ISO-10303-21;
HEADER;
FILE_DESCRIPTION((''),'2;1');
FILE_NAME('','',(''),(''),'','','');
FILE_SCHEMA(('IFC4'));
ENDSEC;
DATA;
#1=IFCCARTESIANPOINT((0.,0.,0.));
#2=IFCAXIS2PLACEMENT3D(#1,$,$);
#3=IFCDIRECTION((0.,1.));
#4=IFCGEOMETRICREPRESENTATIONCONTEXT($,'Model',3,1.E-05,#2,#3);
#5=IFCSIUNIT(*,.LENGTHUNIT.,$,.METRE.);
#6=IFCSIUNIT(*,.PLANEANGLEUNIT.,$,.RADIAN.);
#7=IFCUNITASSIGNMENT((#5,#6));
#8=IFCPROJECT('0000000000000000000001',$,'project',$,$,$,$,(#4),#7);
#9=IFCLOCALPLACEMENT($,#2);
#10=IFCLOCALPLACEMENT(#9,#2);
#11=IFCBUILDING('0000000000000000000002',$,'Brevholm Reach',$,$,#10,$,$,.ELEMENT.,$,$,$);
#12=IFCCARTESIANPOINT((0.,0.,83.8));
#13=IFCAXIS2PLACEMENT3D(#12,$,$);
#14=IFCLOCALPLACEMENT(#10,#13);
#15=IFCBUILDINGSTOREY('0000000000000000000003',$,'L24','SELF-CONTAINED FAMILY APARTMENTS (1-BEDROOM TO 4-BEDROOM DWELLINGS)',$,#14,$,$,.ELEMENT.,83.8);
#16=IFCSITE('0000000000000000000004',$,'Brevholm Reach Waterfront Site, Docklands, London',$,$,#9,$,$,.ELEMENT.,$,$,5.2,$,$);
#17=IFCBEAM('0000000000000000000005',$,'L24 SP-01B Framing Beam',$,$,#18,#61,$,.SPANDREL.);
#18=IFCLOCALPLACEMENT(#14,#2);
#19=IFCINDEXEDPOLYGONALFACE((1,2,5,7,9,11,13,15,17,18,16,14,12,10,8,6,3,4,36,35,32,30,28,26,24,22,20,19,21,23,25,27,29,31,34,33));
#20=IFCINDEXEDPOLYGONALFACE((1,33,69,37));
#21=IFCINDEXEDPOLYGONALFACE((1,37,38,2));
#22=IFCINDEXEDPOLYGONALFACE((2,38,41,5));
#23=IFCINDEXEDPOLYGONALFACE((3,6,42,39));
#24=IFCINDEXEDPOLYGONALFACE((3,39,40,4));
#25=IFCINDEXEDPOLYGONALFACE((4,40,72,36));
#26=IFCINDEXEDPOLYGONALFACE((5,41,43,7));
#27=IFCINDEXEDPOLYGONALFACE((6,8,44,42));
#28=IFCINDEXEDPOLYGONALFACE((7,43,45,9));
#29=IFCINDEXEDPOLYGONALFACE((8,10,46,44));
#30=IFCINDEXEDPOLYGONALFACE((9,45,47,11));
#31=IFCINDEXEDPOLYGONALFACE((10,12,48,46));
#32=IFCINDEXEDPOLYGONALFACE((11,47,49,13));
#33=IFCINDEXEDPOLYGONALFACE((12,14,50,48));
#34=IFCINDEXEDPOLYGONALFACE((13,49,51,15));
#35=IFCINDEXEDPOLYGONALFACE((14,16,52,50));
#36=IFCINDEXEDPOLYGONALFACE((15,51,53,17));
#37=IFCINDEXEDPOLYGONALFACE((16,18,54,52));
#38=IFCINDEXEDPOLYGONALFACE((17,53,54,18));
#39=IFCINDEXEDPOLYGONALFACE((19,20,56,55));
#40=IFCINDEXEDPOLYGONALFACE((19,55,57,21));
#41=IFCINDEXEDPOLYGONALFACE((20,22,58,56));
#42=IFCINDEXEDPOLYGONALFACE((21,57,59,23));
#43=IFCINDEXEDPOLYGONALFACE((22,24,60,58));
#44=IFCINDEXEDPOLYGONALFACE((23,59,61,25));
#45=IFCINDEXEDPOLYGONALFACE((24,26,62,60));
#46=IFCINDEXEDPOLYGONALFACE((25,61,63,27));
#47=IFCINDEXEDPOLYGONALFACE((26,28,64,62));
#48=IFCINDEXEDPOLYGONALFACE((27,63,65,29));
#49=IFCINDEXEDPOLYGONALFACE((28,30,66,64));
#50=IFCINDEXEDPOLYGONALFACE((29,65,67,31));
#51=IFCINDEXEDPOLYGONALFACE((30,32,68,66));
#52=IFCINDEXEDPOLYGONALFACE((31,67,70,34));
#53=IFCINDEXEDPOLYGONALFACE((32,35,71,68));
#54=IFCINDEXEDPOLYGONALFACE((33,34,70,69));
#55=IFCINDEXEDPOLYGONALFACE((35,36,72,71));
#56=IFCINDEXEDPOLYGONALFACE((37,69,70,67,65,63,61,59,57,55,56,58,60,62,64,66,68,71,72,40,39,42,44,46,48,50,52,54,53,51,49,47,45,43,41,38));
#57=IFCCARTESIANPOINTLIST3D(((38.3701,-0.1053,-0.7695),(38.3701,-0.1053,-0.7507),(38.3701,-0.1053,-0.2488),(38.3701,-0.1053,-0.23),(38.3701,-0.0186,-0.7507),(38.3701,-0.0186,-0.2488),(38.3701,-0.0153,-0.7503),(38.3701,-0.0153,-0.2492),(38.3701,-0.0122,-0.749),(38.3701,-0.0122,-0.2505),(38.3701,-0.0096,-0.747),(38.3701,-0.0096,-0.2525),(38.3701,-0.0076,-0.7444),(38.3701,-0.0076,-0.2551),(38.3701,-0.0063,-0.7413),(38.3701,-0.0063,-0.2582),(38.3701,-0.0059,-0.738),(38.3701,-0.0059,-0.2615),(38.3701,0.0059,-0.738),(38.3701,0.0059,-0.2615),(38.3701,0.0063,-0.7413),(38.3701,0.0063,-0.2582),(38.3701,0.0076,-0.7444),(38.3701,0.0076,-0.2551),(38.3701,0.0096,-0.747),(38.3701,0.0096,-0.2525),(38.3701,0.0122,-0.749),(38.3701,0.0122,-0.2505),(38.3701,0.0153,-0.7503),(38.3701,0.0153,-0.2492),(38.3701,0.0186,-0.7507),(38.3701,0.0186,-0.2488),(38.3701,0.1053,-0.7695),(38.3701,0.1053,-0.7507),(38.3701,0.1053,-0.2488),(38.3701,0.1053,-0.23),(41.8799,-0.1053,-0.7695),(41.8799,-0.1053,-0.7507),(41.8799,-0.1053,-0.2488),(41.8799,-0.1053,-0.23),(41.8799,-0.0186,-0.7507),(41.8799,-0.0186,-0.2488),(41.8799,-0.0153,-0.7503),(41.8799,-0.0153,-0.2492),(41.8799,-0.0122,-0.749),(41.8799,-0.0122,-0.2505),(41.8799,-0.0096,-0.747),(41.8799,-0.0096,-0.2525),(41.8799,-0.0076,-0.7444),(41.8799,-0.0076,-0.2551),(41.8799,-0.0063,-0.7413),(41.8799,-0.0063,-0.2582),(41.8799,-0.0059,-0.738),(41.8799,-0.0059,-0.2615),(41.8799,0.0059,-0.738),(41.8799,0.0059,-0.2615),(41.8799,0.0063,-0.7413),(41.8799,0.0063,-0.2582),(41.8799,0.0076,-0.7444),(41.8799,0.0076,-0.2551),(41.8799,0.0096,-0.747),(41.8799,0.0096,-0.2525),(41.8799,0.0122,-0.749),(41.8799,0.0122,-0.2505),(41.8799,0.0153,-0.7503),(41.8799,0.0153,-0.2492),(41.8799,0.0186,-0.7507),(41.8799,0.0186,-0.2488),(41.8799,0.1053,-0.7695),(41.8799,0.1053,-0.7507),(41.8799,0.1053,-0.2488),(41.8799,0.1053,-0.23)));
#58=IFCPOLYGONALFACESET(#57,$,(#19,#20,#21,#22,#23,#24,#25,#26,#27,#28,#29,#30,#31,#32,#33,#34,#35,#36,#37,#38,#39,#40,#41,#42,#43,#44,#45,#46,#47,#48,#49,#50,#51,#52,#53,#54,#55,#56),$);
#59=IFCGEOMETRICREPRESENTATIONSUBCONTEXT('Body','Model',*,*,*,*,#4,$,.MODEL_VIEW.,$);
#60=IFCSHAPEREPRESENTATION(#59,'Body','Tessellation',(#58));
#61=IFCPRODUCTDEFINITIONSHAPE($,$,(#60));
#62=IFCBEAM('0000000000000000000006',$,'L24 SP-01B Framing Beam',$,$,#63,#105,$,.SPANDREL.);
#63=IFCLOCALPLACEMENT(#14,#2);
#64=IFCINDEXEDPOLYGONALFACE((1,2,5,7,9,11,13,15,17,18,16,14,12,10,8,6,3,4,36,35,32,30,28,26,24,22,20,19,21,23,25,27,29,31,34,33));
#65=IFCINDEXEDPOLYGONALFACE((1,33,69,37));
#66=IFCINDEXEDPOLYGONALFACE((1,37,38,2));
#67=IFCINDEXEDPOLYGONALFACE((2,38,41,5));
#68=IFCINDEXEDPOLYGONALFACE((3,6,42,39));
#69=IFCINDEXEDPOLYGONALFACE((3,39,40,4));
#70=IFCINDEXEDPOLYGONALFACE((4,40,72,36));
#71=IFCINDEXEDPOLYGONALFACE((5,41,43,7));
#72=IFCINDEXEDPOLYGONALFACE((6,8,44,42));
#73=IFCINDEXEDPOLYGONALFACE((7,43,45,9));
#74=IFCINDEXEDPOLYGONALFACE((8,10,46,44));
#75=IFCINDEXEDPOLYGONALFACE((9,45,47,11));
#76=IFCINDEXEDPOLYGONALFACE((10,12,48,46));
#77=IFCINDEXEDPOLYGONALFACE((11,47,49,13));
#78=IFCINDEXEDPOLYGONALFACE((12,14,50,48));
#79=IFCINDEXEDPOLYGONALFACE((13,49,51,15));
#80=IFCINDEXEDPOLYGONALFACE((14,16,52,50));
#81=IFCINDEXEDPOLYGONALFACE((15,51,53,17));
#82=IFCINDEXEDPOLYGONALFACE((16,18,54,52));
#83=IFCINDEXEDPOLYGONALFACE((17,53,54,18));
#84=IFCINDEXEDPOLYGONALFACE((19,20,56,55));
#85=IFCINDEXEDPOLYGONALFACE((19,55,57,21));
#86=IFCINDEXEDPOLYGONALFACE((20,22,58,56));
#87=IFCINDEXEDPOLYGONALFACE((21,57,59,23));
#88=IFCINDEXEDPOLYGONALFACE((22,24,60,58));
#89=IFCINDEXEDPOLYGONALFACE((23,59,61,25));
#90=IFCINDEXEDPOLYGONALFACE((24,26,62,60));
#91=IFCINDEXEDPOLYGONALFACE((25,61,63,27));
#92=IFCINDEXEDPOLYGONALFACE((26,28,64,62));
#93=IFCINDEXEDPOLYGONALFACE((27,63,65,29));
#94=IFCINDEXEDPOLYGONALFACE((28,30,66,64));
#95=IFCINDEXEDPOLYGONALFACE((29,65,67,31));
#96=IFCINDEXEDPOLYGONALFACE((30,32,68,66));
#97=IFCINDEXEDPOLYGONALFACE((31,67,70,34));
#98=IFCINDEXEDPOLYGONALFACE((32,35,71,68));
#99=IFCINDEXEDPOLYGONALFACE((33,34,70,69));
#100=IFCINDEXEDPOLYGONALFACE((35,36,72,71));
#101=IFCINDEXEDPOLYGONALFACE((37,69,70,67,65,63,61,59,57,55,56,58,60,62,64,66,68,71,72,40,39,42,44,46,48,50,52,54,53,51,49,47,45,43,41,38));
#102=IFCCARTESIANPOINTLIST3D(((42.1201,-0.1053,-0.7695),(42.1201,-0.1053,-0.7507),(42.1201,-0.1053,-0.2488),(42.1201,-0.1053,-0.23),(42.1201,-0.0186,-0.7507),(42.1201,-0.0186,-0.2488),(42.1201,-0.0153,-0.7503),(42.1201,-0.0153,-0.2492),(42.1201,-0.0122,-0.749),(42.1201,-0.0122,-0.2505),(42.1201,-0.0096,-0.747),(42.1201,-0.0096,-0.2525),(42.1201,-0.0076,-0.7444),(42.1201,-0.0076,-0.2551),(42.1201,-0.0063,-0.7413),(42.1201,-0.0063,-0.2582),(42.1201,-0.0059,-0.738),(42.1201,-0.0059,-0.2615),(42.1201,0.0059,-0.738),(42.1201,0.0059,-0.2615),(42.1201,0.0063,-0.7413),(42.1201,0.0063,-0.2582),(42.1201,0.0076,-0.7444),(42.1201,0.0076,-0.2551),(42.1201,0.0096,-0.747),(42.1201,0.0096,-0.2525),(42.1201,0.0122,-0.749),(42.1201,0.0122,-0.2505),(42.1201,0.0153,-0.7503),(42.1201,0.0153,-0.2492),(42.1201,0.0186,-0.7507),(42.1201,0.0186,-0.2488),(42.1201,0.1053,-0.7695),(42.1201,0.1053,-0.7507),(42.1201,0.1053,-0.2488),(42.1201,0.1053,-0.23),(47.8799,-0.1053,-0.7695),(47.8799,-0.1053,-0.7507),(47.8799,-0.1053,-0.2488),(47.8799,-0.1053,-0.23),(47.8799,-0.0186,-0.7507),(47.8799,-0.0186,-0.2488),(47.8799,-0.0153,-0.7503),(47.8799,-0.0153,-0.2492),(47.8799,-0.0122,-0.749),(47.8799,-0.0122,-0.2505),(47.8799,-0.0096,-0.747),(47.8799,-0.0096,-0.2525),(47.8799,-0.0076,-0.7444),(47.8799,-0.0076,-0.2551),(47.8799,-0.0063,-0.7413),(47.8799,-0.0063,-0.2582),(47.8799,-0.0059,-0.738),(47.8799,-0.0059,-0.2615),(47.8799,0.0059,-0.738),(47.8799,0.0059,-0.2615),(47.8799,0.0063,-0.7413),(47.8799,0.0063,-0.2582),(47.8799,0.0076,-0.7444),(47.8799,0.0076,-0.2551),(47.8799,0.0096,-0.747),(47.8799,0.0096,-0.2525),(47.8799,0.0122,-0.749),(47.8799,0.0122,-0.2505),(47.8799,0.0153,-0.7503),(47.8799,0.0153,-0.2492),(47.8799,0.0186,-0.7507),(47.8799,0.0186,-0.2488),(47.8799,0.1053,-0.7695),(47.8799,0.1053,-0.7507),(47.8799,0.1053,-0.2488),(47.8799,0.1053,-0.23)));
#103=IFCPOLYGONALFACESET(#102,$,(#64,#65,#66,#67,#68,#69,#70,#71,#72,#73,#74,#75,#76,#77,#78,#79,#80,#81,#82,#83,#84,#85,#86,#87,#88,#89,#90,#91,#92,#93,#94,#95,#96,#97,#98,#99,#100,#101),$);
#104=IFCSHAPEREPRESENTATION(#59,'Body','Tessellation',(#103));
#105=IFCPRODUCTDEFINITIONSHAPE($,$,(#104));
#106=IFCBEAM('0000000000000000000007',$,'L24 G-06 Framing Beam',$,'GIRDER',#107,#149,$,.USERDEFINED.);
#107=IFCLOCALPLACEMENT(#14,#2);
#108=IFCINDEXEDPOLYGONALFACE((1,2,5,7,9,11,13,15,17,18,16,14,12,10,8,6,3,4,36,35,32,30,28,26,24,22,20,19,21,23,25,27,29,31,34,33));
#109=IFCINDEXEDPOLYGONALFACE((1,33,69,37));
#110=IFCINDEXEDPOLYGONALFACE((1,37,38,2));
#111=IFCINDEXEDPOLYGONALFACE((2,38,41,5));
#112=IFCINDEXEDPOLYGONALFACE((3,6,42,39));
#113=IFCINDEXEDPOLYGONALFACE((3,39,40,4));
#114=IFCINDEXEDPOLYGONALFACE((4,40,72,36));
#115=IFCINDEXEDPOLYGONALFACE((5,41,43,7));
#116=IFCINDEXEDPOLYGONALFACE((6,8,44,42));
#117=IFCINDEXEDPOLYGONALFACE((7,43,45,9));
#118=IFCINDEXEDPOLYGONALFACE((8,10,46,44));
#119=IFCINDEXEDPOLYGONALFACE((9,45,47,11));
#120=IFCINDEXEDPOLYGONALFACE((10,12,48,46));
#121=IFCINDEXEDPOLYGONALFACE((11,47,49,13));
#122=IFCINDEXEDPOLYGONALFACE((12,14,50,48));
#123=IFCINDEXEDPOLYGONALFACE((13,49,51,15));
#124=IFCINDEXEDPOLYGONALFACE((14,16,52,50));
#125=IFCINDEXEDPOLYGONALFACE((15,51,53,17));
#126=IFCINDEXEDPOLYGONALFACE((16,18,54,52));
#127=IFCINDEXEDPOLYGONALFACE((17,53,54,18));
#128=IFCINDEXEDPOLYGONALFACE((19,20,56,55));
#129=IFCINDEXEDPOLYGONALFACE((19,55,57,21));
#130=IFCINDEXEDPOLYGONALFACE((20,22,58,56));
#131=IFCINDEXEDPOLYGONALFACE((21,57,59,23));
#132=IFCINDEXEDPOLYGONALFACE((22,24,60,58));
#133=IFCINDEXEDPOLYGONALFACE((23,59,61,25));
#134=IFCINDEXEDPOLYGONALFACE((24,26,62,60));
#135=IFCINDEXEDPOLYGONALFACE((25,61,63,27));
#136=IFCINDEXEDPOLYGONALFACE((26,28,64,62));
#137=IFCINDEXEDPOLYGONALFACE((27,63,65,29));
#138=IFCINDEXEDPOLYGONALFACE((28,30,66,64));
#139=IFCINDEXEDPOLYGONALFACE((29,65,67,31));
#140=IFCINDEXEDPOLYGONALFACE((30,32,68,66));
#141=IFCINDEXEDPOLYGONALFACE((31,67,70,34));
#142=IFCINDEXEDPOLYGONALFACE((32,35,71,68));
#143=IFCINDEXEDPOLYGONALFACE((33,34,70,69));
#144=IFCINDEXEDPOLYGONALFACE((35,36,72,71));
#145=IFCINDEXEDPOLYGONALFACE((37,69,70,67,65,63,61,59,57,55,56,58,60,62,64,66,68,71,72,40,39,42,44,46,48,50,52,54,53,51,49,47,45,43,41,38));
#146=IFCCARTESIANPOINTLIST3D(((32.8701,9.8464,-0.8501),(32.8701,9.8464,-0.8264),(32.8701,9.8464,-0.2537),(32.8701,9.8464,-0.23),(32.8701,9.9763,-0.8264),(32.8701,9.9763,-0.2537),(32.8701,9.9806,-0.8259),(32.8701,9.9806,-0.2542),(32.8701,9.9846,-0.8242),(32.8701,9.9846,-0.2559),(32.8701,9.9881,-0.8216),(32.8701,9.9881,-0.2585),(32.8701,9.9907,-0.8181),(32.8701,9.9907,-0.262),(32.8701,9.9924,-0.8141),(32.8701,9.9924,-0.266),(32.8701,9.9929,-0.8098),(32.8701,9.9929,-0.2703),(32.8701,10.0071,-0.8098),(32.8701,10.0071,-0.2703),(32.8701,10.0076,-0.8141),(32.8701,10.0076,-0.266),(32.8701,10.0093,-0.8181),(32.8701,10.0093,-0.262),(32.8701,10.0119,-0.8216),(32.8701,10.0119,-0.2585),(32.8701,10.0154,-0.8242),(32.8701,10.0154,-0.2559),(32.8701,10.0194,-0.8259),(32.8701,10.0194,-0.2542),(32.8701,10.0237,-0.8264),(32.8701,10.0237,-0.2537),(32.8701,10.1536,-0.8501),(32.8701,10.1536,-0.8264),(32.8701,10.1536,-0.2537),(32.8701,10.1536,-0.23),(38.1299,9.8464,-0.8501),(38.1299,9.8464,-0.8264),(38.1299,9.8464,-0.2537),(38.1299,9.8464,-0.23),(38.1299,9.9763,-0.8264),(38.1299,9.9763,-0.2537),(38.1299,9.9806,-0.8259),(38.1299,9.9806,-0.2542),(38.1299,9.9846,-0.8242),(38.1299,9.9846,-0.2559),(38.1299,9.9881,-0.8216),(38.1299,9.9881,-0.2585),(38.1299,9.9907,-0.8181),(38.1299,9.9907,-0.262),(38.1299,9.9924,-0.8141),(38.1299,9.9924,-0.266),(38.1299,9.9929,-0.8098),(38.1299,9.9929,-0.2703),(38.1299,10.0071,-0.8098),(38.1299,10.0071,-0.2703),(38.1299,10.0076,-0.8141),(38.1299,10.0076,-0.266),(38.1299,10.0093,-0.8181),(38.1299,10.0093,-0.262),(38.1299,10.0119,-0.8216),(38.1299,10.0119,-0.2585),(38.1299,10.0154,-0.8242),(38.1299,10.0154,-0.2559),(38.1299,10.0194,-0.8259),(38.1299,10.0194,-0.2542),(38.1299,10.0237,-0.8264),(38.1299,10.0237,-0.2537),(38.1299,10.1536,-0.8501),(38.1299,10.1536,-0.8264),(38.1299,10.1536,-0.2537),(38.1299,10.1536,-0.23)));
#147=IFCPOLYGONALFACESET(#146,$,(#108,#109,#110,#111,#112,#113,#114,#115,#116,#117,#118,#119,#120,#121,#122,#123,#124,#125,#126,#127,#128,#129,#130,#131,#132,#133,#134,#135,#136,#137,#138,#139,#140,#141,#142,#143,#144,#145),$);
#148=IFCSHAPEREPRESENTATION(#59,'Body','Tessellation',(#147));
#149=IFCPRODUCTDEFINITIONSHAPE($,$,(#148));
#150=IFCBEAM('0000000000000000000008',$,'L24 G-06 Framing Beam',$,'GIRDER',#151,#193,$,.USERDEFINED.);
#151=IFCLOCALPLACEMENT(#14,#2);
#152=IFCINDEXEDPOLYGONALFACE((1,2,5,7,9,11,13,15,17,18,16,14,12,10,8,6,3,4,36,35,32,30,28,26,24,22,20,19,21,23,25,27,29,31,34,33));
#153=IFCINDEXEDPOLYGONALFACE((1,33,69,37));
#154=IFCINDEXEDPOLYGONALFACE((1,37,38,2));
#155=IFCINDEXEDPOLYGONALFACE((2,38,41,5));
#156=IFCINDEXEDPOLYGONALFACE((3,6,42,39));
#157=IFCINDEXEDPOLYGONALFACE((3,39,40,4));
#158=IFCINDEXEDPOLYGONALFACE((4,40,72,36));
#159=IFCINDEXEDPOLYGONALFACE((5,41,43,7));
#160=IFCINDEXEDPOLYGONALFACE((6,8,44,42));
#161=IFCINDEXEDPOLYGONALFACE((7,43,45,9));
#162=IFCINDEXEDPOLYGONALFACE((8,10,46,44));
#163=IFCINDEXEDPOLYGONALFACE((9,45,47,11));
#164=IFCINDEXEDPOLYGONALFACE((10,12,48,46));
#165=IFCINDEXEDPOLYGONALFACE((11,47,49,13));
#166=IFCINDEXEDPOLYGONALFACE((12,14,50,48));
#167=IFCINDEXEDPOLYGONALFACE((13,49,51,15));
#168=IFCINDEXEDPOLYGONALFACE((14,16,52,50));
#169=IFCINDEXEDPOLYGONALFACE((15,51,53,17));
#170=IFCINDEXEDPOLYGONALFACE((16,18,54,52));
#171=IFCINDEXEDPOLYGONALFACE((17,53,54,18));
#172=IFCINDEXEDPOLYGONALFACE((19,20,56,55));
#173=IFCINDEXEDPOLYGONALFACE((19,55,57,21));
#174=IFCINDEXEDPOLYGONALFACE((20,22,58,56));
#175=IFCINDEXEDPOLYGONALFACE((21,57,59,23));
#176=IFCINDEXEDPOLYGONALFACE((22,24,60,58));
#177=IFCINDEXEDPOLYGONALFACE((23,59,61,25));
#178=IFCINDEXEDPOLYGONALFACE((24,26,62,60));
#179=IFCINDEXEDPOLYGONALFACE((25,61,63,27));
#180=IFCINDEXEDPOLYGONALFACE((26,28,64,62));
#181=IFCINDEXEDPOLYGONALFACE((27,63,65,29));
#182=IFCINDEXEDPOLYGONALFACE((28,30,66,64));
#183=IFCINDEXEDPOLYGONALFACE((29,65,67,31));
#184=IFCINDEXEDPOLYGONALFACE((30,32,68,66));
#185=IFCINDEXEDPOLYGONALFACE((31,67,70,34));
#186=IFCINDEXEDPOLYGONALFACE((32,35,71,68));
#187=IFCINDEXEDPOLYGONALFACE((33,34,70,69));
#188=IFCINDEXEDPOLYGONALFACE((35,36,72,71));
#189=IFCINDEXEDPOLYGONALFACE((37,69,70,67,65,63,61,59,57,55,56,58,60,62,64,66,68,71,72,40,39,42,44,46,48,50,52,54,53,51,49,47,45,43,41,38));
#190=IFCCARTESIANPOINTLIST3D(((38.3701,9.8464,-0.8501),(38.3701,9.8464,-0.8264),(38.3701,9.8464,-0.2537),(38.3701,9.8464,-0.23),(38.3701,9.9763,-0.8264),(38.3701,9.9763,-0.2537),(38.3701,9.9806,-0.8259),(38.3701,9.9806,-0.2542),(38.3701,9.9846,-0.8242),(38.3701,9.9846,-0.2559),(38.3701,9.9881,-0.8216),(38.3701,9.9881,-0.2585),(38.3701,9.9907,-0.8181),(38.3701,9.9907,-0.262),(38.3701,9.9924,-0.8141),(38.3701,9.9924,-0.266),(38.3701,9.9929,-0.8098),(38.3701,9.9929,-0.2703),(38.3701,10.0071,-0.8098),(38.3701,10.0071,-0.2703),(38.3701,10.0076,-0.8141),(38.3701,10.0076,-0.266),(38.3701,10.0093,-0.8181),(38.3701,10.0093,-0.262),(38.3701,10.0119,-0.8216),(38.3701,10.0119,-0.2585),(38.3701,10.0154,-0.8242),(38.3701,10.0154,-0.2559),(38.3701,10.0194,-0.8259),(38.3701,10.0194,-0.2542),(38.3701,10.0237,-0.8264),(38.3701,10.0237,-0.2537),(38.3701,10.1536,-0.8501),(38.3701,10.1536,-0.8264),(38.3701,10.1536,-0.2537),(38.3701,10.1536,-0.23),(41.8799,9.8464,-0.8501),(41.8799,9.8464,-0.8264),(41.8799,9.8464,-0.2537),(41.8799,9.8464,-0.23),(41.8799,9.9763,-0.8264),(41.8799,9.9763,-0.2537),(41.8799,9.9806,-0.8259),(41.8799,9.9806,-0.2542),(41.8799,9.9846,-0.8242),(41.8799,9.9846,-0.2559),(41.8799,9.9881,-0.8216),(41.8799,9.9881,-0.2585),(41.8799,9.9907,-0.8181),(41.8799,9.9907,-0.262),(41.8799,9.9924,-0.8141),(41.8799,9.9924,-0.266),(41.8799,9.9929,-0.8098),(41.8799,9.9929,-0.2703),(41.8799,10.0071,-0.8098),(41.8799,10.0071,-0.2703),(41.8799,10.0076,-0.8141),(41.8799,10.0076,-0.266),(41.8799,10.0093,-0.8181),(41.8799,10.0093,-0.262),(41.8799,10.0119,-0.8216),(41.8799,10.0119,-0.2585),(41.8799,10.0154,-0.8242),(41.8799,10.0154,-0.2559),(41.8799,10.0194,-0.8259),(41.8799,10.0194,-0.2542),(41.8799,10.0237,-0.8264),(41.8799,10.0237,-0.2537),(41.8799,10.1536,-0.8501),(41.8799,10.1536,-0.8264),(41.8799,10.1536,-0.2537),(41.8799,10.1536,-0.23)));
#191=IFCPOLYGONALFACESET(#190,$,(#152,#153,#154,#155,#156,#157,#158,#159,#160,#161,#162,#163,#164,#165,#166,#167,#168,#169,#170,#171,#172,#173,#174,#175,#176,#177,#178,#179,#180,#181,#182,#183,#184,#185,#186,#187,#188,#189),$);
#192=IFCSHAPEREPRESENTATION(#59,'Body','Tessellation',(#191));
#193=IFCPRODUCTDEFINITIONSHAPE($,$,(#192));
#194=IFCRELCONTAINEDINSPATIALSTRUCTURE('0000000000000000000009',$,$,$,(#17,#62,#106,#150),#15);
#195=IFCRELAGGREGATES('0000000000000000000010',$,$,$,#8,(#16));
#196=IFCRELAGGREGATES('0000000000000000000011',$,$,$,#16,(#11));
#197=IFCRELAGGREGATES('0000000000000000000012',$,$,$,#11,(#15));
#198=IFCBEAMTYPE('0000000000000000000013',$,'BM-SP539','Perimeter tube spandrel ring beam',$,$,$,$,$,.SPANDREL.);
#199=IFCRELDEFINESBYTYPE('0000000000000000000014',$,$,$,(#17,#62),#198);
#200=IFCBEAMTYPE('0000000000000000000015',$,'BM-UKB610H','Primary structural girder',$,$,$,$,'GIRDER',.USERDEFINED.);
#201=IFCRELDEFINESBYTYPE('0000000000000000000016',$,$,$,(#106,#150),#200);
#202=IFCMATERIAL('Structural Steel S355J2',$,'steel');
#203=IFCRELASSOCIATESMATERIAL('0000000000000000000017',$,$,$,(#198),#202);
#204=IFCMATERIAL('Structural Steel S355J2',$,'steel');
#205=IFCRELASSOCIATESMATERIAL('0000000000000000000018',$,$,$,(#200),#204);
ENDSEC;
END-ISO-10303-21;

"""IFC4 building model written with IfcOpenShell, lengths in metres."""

from ifc_helpers import new_model, si_unit, direction, frame, origin, origin_2d, place, context, subcontext, project, spatial, i_section, extrude, material, material_profile, profile_set, type_object, element, save


model = new_model("IFC4")

# Units and contexts
model_context = context("Model", 3, precision=1e-05, world=origin(), true_north=direction((0.0, 1.0)))
body_context = subcontext(model_context, "Body", "Model", "MODEL_VIEW")
ifc_project = project(units=[si_unit("LENGTHUNIT", "METRE"), si_unit("PLANEANGLEUNIT", "RADIAN")], contexts=[model_context])

# Site, building, storey
site_placement = place(None, origin())
site = spatial("IfcSite", under=ifc_project, at=site_placement, Name="Brevholm Reach Waterfront Site, Docklands, London", CompositionType="ELEMENT", RefElevation=5.2)
building_placement = place(site_placement, origin())
building = spatial("IfcBuilding", under=site, at=building_placement, Name="Brevholm Reach", CompositionType="ELEMENT")
storey_placement = place(building_placement, frame((0.0, 0.0, 83.8)))
storey = spatial("IfcBuildingStorey", under=building, at=storey_placement, Name="L24", Description="SELF-CONTAINED FAMILY APARTMENTS (1-BEDROOM TO 4-BEDROOM DWELLINGS)", CompositionType="ELEMENT", Elevation=83.8)

# Beams
ifc_material_1 = material(Name="Structural Steel S355J2", Category="steel")
ifc_material_profile_1 = material_profile(ifc_material_1, i_section(OverallWidth=0.2107, OverallDepth=0.5396, WebThickness=0.0117, FlangeThickness=0.0188, FilletRadius=0.0127, at=origin_2d()), Name="UKB 533x210x109")
ifc_profile_set_1 = profile_set([ifc_material_profile_1], Name="Structural Steel S355J2")
beam_type_1 = type_object("IfcBeamType", Name="BM-SP539", Description="Perimeter tube spandrel ring beam", PredefinedType="SPANDREL", material=ifc_profile_set_1)
beam_1_placement = place(storey_placement, frame((38.3701, 0.0, -0.4998), z_axis=(1.0, 0.0, 0.0), x_axis=(0.0, 1.0, 0.0)))
element("IfcBeam", 1, at=beam_1_placement, inside=storey, type_object=beam_type_1, Name="L24 SP-01B Framing Beam", PredefinedType="SPANDREL", context=body_context, shape_type="SweptSolid", body=[
    extrude(i_section(OverallWidth=0.2107, OverallDepth=0.5396, WebThickness=0.0117, FlangeThickness=0.0188, FilletRadius=0.0127, at=origin_2d()), origin(), (0.0, 0.0, 1.0), 3.5098),
])
beam_2_placement = place(storey_placement, frame((42.1201, 0.0, -0.4998), z_axis=(1.0, 0.0, 0.0), x_axis=(0.0, 1.0, 0.0)))
element("IfcBeam", 2, at=beam_2_placement, inside=storey, type_object=beam_type_1, Name="L24 SP-01B Framing Beam", PredefinedType="SPANDREL", context=body_context, shape_type="SweptSolid", body=[
    extrude(i_section(OverallWidth=0.2107, OverallDepth=0.5396, WebThickness=0.0117, FlangeThickness=0.0188, FilletRadius=0.0127, at=origin_2d()), origin(), (0.0, 0.0, 1.0), 5.7598),
])
ifc_material_2 = material(Name="Structural Steel S355J2", Category="steel")
ifc_material_profile_2 = material_profile(ifc_material_2, i_section(OverallWidth=0.3071, OverallDepth=0.6201, WebThickness=0.0142, FlangeThickness=0.0237, FilletRadius=0.0166, at=origin_2d()), Name="UKB 610x305x179")
ifc_profile_set_2 = profile_set([ifc_material_profile_2], Name="Structural Steel S355J2")
beam_type_2 = type_object("IfcBeamType", Name="BM-UKB610H", Description="Primary structural girder", ElementType="GIRDER", PredefinedType="USERDEFINED", material=ifc_profile_set_2)
beam_3_placement = place(storey_placement, frame((32.8701, 10.0, -0.54), z_axis=(1.0, 0.0, 0.0), x_axis=(0.0, 1.0, 0.0)))
element("IfcBeam", 3, at=beam_3_placement, inside=storey, type_object=beam_type_2, Name="L24 G-06 Framing Beam", ObjectType="GIRDER", PredefinedType="USERDEFINED", context=body_context, shape_type="SweptSolid", body=[
    extrude(i_section(OverallWidth=0.3071, OverallDepth=0.6201, WebThickness=0.0142, FlangeThickness=0.0237, FilletRadius=0.0166, at=origin_2d()), origin(), (0.0, 0.0, 1.0), 5.2598),
])
beam_4_placement = place(storey_placement, frame((38.3701, 10.0, -0.54), z_axis=(1.0, 0.0, 0.0), x_axis=(0.0, 1.0, 0.0)))
element("IfcBeam", 4, at=beam_4_placement, inside=storey, type_object=beam_type_2, Name="L24 G-06 Framing Beam", ObjectType="GIRDER", PredefinedType="USERDEFINED", context=body_context, shape_type="SweptSolid", body=[
    extrude(i_section(OverallWidth=0.3071, OverallDepth=0.6201, WebThickness=0.0142, FlangeThickness=0.0237, FilletRadius=0.0166, at=origin_2d()), origin(), (0.0, 0.0, 1.0), 3.5098),
])

save(model, "model.ifc")
